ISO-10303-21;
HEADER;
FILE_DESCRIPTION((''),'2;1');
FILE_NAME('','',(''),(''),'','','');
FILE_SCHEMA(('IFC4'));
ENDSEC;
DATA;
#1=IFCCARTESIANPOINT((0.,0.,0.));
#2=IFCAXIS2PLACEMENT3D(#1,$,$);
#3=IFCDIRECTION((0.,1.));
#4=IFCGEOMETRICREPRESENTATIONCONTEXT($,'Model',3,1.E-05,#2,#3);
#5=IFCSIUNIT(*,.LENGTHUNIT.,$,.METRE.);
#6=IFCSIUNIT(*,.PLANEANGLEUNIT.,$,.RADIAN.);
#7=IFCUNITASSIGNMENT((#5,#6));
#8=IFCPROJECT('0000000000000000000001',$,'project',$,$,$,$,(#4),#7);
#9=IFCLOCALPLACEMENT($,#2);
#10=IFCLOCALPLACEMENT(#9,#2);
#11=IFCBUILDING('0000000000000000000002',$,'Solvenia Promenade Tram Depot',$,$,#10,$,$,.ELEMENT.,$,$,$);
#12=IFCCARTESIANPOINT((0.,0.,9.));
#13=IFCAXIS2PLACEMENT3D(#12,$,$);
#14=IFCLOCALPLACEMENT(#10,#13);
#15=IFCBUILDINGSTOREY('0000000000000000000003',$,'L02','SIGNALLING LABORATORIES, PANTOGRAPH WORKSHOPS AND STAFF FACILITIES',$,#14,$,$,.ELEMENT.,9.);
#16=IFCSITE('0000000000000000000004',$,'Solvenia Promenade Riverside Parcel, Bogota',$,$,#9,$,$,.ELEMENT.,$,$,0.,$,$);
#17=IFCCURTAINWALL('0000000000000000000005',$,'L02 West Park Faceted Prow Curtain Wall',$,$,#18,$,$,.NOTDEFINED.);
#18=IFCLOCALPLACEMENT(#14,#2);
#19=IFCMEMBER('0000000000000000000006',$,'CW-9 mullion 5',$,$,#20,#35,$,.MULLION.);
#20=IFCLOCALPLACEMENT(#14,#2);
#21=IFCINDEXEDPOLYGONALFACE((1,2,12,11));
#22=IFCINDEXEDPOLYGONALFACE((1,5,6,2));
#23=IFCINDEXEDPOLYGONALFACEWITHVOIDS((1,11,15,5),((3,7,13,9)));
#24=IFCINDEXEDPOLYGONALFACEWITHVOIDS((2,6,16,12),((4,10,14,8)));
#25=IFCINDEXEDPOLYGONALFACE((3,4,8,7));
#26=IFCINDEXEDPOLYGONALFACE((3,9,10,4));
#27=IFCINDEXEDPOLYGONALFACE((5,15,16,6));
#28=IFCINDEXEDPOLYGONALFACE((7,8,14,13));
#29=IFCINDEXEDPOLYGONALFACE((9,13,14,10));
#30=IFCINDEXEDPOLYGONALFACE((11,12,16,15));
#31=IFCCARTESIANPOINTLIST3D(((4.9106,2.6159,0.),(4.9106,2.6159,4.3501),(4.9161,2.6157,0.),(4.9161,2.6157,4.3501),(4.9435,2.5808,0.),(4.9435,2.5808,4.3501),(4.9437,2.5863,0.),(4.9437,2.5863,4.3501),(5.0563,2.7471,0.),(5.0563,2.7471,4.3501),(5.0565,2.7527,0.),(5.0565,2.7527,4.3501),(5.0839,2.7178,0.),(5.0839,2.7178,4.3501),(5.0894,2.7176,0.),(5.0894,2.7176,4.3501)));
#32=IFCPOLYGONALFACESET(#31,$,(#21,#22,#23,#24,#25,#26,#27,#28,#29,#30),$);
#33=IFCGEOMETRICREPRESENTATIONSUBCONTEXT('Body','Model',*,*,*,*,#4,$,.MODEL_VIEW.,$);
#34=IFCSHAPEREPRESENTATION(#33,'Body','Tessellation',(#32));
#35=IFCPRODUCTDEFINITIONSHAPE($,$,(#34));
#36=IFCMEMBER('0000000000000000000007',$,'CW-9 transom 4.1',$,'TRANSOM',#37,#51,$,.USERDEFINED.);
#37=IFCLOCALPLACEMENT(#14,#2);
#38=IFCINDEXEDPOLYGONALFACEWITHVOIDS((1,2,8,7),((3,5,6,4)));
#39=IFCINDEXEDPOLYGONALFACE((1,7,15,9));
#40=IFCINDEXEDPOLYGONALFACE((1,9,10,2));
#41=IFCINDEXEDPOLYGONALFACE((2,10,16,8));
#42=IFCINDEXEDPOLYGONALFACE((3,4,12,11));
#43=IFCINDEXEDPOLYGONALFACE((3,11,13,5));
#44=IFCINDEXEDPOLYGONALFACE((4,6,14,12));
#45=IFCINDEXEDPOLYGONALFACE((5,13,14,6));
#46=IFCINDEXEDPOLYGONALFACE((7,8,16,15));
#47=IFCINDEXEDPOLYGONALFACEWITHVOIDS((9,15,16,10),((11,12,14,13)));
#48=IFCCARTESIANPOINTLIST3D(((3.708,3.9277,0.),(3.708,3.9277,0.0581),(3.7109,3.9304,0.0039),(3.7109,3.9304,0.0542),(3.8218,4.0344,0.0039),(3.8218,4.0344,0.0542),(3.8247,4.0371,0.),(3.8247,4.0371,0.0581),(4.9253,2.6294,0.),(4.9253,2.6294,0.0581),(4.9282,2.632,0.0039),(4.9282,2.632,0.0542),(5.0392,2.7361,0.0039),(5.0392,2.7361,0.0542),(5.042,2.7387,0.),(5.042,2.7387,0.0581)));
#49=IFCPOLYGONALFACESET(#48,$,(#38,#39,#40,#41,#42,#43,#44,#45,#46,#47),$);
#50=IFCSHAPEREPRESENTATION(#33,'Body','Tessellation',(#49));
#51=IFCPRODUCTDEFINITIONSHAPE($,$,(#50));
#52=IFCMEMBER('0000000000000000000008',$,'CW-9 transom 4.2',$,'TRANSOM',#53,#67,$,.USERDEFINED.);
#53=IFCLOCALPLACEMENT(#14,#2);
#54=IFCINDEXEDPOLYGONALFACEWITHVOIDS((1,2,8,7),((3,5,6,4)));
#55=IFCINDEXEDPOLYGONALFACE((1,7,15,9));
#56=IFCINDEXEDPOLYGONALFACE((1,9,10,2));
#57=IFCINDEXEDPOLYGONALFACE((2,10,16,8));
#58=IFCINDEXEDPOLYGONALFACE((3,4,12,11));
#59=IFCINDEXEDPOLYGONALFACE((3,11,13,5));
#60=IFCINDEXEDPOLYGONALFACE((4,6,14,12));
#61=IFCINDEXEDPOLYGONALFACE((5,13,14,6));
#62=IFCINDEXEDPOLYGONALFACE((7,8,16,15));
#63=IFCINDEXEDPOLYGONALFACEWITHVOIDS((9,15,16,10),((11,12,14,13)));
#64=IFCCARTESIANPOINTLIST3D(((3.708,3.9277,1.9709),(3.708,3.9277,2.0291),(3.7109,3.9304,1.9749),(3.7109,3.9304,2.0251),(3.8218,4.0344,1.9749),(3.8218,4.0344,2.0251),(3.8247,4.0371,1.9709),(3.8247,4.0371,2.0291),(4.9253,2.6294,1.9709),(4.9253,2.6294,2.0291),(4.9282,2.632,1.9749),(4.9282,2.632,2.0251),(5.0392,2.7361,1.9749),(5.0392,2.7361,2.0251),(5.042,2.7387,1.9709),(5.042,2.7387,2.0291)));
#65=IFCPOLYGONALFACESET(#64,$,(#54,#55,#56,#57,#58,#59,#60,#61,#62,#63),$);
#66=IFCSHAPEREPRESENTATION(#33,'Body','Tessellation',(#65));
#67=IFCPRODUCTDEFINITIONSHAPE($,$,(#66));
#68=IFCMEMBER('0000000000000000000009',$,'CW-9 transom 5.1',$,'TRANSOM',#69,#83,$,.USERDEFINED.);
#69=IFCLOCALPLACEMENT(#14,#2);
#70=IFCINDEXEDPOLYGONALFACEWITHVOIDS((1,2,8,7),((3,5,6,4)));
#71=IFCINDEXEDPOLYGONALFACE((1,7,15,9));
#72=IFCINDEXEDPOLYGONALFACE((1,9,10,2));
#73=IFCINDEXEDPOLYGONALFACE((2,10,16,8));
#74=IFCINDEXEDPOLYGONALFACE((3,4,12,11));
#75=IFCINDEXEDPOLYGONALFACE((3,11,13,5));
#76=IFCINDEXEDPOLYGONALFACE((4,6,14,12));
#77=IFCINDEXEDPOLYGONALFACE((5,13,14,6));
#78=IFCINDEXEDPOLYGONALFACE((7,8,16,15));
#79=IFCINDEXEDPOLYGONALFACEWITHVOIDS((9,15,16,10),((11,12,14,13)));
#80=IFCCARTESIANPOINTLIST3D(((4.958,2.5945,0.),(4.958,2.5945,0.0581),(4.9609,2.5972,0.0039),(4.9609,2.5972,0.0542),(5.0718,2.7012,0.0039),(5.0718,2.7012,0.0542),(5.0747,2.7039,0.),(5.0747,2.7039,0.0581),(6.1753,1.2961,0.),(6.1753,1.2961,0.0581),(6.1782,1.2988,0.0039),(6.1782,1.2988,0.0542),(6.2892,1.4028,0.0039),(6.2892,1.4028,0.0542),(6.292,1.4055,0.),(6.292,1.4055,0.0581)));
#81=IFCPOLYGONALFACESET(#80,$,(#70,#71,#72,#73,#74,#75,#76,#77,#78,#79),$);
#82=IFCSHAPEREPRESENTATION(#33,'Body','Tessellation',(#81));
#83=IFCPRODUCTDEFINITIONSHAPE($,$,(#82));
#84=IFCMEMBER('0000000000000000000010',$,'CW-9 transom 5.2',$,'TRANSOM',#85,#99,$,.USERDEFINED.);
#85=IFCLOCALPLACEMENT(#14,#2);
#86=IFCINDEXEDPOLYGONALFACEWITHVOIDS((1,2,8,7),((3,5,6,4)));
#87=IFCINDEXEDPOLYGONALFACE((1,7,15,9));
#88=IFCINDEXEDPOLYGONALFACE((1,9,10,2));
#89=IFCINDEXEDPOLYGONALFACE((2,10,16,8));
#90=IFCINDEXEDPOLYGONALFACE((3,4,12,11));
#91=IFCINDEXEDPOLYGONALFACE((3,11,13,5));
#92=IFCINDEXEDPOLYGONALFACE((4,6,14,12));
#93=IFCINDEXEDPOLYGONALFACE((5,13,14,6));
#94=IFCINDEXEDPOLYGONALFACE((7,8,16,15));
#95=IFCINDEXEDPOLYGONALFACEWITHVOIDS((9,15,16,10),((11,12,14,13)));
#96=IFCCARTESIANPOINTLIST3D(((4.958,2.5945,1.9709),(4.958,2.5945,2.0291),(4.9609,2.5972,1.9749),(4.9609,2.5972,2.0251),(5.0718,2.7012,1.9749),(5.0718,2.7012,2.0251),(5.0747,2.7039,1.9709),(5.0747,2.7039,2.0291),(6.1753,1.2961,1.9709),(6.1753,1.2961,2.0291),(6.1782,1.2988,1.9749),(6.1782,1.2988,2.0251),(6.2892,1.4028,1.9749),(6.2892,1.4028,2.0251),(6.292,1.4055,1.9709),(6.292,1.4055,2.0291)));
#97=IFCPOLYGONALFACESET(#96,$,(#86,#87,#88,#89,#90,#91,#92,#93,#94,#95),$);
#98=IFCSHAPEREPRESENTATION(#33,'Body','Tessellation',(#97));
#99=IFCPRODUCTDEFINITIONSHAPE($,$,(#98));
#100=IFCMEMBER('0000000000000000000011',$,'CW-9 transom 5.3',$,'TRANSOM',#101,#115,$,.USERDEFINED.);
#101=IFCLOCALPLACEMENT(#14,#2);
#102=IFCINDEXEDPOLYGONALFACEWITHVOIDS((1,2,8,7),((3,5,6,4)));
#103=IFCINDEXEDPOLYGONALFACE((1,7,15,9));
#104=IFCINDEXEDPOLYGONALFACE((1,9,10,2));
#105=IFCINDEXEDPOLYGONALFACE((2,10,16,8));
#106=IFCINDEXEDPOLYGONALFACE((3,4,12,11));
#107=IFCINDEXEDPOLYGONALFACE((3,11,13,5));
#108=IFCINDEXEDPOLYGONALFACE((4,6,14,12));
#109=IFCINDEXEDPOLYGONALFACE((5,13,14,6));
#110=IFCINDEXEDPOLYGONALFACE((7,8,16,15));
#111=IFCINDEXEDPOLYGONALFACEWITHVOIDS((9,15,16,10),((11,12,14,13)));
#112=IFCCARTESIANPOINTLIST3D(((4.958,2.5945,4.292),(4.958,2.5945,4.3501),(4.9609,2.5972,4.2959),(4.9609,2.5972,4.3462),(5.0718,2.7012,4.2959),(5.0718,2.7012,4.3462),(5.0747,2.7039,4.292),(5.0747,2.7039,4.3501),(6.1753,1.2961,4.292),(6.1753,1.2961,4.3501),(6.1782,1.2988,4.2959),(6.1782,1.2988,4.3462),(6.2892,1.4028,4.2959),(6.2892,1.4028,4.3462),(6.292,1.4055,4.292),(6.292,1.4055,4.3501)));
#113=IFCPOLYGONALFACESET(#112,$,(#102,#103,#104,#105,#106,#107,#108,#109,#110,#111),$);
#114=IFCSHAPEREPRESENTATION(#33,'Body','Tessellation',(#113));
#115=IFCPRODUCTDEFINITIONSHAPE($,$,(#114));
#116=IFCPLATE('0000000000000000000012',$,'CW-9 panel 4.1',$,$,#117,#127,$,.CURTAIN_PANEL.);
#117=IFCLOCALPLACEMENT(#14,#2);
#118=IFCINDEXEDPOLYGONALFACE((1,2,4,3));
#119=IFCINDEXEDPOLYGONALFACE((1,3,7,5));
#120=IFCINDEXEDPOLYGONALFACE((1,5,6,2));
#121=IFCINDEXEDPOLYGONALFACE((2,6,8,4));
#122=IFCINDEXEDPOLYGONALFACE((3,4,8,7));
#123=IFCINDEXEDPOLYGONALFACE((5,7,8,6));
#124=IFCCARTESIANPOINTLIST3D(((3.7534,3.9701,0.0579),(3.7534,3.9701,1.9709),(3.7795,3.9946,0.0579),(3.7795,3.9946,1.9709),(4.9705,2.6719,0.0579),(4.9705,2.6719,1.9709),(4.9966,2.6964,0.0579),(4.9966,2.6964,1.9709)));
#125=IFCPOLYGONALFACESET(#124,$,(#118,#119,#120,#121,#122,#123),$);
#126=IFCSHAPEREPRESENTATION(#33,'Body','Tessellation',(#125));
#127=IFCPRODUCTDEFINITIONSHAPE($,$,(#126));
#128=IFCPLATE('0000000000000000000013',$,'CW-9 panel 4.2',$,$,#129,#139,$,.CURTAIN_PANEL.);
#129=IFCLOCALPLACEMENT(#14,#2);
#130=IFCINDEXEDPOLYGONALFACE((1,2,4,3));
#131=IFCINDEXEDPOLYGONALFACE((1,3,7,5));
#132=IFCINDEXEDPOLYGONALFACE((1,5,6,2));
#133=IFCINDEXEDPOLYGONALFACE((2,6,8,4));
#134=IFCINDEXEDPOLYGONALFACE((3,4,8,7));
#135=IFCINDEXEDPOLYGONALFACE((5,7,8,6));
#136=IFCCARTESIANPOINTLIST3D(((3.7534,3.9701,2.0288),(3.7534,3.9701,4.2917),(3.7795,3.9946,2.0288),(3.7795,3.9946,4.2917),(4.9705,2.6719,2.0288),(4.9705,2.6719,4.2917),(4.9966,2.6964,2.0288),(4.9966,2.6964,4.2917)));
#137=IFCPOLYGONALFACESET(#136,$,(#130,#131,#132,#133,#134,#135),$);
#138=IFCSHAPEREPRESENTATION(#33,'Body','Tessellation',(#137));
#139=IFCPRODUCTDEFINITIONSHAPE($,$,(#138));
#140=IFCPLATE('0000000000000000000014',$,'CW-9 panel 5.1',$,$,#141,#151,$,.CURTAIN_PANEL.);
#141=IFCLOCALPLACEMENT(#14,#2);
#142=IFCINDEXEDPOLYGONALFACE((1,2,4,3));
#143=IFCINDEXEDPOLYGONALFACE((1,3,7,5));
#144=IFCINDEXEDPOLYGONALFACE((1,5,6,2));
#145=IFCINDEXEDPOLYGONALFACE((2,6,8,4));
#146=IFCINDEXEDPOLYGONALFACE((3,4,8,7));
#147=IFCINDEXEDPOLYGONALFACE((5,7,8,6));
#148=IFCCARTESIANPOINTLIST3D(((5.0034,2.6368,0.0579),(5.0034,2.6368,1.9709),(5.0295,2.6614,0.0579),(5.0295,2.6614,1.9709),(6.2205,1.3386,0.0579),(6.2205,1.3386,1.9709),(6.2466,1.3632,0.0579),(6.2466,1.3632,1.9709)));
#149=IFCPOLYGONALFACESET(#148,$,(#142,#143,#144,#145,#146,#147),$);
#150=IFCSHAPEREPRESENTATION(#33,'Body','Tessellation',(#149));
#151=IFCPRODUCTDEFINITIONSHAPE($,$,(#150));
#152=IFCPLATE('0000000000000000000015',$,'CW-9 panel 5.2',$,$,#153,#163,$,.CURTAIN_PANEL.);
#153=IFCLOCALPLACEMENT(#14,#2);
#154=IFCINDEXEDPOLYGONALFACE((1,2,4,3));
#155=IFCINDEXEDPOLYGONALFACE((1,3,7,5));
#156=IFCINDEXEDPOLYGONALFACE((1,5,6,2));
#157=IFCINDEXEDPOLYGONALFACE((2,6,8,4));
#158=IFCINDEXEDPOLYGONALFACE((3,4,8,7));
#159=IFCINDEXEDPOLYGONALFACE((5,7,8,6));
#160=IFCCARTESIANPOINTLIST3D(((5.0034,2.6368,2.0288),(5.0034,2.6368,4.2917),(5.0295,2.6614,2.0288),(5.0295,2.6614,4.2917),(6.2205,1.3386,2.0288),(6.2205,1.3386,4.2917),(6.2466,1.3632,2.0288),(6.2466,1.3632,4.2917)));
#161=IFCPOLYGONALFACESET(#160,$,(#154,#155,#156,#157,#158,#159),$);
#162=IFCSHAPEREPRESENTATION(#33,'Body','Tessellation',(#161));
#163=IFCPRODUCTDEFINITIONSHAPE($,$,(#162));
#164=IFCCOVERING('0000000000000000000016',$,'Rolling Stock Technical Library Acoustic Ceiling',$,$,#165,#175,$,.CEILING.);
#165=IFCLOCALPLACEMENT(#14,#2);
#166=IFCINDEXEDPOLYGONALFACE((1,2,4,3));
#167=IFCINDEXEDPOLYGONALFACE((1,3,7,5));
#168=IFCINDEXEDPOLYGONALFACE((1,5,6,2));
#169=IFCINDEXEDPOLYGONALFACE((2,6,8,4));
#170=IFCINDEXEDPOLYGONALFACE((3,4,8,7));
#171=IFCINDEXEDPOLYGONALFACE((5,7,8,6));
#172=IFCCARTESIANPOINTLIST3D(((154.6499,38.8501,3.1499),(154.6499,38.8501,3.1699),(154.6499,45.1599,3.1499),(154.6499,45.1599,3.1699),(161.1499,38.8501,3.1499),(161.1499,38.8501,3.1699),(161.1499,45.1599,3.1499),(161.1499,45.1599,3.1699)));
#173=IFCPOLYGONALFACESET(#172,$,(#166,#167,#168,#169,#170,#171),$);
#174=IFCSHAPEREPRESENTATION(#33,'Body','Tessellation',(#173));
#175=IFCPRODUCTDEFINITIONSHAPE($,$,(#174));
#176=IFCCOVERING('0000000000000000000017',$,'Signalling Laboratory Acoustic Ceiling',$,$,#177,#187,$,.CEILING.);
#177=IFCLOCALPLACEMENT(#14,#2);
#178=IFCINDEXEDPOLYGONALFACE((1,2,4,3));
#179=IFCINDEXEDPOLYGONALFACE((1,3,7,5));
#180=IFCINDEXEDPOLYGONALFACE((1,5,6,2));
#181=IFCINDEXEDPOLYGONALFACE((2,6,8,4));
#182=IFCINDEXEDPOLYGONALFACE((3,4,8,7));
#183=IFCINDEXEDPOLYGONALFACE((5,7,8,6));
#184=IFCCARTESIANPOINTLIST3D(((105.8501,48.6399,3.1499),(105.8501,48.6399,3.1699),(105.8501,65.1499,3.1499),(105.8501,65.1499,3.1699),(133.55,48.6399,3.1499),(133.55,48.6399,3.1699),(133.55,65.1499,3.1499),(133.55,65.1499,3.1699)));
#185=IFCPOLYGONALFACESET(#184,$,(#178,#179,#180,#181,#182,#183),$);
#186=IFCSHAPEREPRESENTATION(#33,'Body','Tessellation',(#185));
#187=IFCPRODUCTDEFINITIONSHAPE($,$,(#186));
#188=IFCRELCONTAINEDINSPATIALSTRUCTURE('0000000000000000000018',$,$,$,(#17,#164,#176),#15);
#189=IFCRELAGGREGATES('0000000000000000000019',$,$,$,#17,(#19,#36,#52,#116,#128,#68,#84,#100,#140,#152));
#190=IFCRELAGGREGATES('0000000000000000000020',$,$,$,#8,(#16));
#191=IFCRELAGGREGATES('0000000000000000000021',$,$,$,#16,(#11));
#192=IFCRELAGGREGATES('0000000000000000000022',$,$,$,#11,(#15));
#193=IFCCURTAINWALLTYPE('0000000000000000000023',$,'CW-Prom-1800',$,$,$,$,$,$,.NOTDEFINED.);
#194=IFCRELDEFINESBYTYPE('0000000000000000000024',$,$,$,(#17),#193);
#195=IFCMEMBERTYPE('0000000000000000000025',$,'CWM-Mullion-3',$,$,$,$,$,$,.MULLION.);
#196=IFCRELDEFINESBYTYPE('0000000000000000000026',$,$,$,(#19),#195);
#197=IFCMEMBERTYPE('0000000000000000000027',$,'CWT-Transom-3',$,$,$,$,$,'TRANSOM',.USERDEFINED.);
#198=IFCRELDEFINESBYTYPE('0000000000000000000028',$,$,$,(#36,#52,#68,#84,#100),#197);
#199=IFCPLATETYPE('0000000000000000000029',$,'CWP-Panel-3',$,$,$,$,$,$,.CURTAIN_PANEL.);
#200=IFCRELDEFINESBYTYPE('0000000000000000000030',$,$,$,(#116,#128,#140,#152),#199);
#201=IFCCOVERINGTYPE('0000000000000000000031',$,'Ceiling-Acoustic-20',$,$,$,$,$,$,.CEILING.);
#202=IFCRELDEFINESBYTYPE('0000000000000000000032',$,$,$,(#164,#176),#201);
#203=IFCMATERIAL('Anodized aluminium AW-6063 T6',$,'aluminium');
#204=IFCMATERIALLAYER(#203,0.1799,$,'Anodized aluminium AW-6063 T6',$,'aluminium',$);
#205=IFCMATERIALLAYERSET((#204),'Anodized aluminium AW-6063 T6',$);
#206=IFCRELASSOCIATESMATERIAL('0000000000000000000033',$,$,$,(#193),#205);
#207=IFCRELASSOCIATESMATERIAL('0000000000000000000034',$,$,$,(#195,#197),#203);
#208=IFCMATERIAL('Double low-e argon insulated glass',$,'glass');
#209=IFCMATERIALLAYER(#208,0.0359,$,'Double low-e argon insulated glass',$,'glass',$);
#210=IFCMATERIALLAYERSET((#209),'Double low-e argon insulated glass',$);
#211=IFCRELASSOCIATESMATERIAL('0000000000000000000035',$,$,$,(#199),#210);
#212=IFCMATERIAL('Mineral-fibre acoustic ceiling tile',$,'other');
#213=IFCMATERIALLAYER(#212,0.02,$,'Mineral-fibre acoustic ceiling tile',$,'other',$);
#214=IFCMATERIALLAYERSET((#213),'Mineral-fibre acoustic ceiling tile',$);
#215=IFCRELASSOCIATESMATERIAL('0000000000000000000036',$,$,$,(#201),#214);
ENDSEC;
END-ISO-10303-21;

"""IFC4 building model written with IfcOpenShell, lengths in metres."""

from ifc_helpers import new_model, si_unit, direction, frame, origin, origin_2d, place, context, subcontext, project, spatial, polyline, rectangle, hollow_rectangle, outline, extrude, material, layer, layer_set, material_profile, profile_set, type_object, element, aggregate, save


model = new_model("IFC4")

# Units and contexts
model_context = context("Model", 3, precision=1e-05, world=origin(), true_north=direction((0.0, 1.0)))
body_context = subcontext(model_context, "Body", "Model", "MODEL_VIEW")
ifc_project = project(units=[si_unit("LENGTHUNIT", "METRE"), si_unit("PLANEANGLEUNIT", "RADIAN")], contexts=[model_context])

# Site, building, storey
site_placement = place(None, origin())
site = spatial("IfcSite", under=ifc_project, at=site_placement, Name="Solvenia Promenade Riverside Parcel, Bogota", CompositionType="ELEMENT", RefElevation=0.0)
building_placement = place(site_placement, origin())
building = spatial("IfcBuilding", under=site, at=building_placement, Name="Solvenia Promenade Tram Depot", CompositionType="ELEMENT")
storey_placement = place(building_placement, frame((0.0, 0.0, 9.0)))
storey = spatial("IfcBuildingStorey", under=building, at=storey_placement, Name="L02", Description="SIGNALLING LABORATORIES, PANTOGRAPH WORKSHOPS AND STAFF FACILITIES", CompositionType="ELEMENT", Elevation=9.0)

# Curtain wall, members, plates
ifc_material_1 = material(Name="Anodized aluminium AW-6063 T6", Category="aluminium")
ifc_layer_1 = layer(ifc_material_1, 0.1799, Name="Anodized aluminium AW-6063 T6", Category="aluminium")
ifc_layer_set_1 = layer_set([ifc_layer_1], Name="Anodized aluminium AW-6063 T6")
curtain_wall_type = type_object("IfcCurtainWallType", Name="CW-Prom-1800", PredefinedType="NOTDEFINED", material=ifc_layer_set_1)
curtain_wall_placement = place(storey_placement, origin())
curtain_wall = element("IfcCurtainWall", 1, at=curtain_wall_placement, inside=storey, type_object=curtain_wall_type, Name="L02 West Park Faceted Prow Curtain Wall", PredefinedType="NOTDEFINED")
ifc_material_profile_1 = material_profile(ifc_material_1, hollow_rectangle(XDim=0.2, YDim=0.0481, WallThickness=0.0039, at=origin_2d()), Name="ALU-M3", Category="aluminium")
ifc_profile_set_1 = profile_set([ifc_material_profile_1], Name="Anodized aluminium AW-6063 T6")
member_type_1 = type_object("IfcMemberType", Name="CWM-Mullion-3", PredefinedType="MULLION", material=ifc_profile_set_1)
member_1_placement = place(storey_placement, frame((5.0, 2.6667, 0.0), z_axis=(0.0, 0.0, 1.0), x_axis=(0.729537, 0.683941, 0.0)))
member_1 = element("IfcMember", 2, at=member_1_placement, type_object=member_type_1, Name="CW-9 mullion 5", PredefinedType="MULLION", context=body_context, shape_type="SweptSolid", body=[
    extrude(hollow_rectangle(XDim=0.2, YDim=0.0481, WallThickness=0.0039, at=origin_2d()), origin(), (0.0, 0.0, 1.0), 4.3501),
])
ifc_material_profile_2 = material_profile(ifc_material_1, hollow_rectangle(XDim=0.1599, YDim=0.0581, WallThickness=0.0039, at=origin_2d()), Name="ALU-T3", Category="aluminium")
ifc_profile_set_2 = profile_set([ifc_material_profile_2], Name="Anodized aluminium AW-6063 T6")
member_type_2 = type_object("IfcMemberType", Name="CWT-Transom-3", ElementType="TRANSOM", PredefinedType="USERDEFINED", material=ifc_profile_set_2)
member_2_placement = place(storey_placement, frame((3.7664, 3.9824, 0.0291), z_axis=(0.683969, -0.729512, 0.0), x_axis=(0.729512, 0.683969, 0.0)))
member_2 = element("IfcMember", 3, at=member_2_placement, type_object=member_type_2, Name="CW-9 transom 4.1", ObjectType="TRANSOM", PredefinedType="USERDEFINED", context=body_context, shape_type="SweptSolid", body=[
    extrude(hollow_rectangle(XDim=0.1599, YDim=0.0581, WallThickness=0.0039, at=origin_2d()), origin(), (0.0, 0.0, 1.0), 1.7798),
])
member_3_placement = place(storey_placement, frame((3.7664, 3.9824, 2.0), z_axis=(0.683969, -0.729512, 0.0), x_axis=(0.729512, 0.683969, 0.0)))
member_3 = element("IfcMember", 4, at=member_3_placement, type_object=member_type_2, Name="CW-9 transom 4.2", ObjectType="TRANSOM", PredefinedType="USERDEFINED", context=body_context, shape_type="SweptSolid", body=[
    extrude(hollow_rectangle(XDim=0.1599, YDim=0.0581, WallThickness=0.0039, at=origin_2d()), origin(), (0.0, 0.0, 1.0), 1.7798),
])
member_4_placement = place(storey_placement, frame((5.0164, 2.6492, 0.0291), z_axis=(0.683969, -0.729512, 0.0), x_axis=(0.729512, 0.683969, 0.0)))
member_4 = element("IfcMember", 5, at=member_4_placement, type_object=member_type_2, Name="CW-9 transom 5.1", ObjectType="TRANSOM", PredefinedType="USERDEFINED", context=body_context, shape_type="SweptSolid", body=[
    extrude(hollow_rectangle(XDim=0.1599, YDim=0.0581, WallThickness=0.0039, at=origin_2d()), origin(), (0.0, 0.0, 1.0), 1.7798),
])
member_5_placement = place(storey_placement, frame((5.0164, 2.6492, 2.0), z_axis=(0.683969, -0.729512, 0.0), x_axis=(0.729512, 0.683969, 0.0)))
member_5 = element("IfcMember", 6, at=member_5_placement, type_object=member_type_2, Name="CW-9 transom 5.2", ObjectType="TRANSOM", PredefinedType="USERDEFINED", context=body_context, shape_type="SweptSolid", body=[
    extrude(hollow_rectangle(XDim=0.1599, YDim=0.0581, WallThickness=0.0039, at=origin_2d()), origin(), (0.0, 0.0, 1.0), 1.7798),
])
member_6_placement = place(storey_placement, frame((5.0164, 2.6492, 4.321), z_axis=(0.683969, -0.729512, 0.0), x_axis=(0.729512, 0.683969, 0.0)))
member_6 = element("IfcMember", 7, at=member_6_placement, type_object=member_type_2, Name="CW-9 transom 5.3", ObjectType="TRANSOM", PredefinedType="USERDEFINED", context=body_context, shape_type="SweptSolid", body=[
    extrude(hollow_rectangle(XDim=0.1599, YDim=0.0581, WallThickness=0.0039, at=origin_2d()), origin(), (0.0, 0.0, 1.0), 1.7798),
])
ifc_material_2 = material(Name="Double low-e argon insulated glass", Category="glass")
ifc_layer_2 = layer(ifc_material_2, 0.0359, Name="Double low-e argon insulated glass", Category="glass")
ifc_layer_set_2 = layer_set([ifc_layer_2], Name="Double low-e argon insulated glass")
plate_type = type_object("IfcPlateType", Name="CWP-Panel-3", PredefinedType="CURTAIN_PANEL", material=ifc_layer_set_2)
plate_1_placement = place(storey_placement, frame((4.375, 3.3333, 0.0579), z_axis=(0.0, 0.0, 1.0), x_axis=(0.683941, -0.729537, 0.0)))
plate_1 = element("IfcPlate", 8, at=plate_1_placement, type_object=plate_type, Name="CW-9 panel 4.1", PredefinedType="CURTAIN_PANEL", context=body_context, shape_type="SweptSolid", body=[
    extrude(rectangle(XDim=1.7795, YDim=0.0359, at=origin_2d()), origin(), (0.0, 0.0, 1.0), 1.9131),
])
plate_2_placement = place(storey_placement, frame((4.375, 3.3333, 2.0288), z_axis=(0.0, 0.0, 1.0), x_axis=(0.683941, -0.729537, 0.0)))
plate_2 = element("IfcPlate", 9, at=plate_2_placement, type_object=plate_type, Name="CW-9 panel 4.2", PredefinedType="CURTAIN_PANEL", context=body_context, shape_type="SweptSolid", body=[
    extrude(rectangle(XDim=1.7795, YDim=0.0359, at=origin_2d()), origin(), (0.0, 0.0, 1.0), 2.2629),
])
plate_3_placement = place(storey_placement, frame((5.625, 2.0, 0.0579), z_axis=(0.0, 0.0, 1.0), x_axis=(0.683941, -0.729537, 0.0)))
plate_3 = element("IfcPlate", 10, at=plate_3_placement, type_object=plate_type, Name="CW-9 panel 5.1", PredefinedType="CURTAIN_PANEL", context=body_context, shape_type="SweptSolid", body=[
    extrude(rectangle(XDim=1.7795, YDim=0.0359, at=origin_2d()), origin(), (0.0, 0.0, 1.0), 1.9131),
])
plate_4_placement = place(storey_placement, frame((5.625, 2.0, 2.0288), z_axis=(0.0, 0.0, 1.0), x_axis=(0.683941, -0.729537, 0.0)))
plate_4 = element("IfcPlate", 11, at=plate_4_placement, type_object=plate_type, Name="CW-9 panel 5.2", PredefinedType="CURTAIN_PANEL", context=body_context, shape_type="SweptSolid", body=[
    extrude(rectangle(XDim=1.7795, YDim=0.0359, at=origin_2d()), origin(), (0.0, 0.0, 1.0), 2.2629),
])
aggregate(curtain_wall, [member_1, member_2, member_3, plate_1, plate_2, member_4, member_5, member_6, plate_3, plate_4])

# Coverings
ifc_material_3 = material(Name="Mineral-fibre acoustic ceiling tile", Category="other")
ifc_layer_3 = layer(ifc_material_3, 0.02, Name="Mineral-fibre acoustic ceiling tile", Category="other")
ifc_layer_set_3 = layer_set([ifc_layer_3], Name="Mineral-fibre acoustic ceiling tile")
covering_type_1 = type_object("IfcCoveringType", Name="Ceiling-Acoustic-20", PredefinedType="CEILING", material=ifc_layer_set_3)
covering_1_placement = place(storey_placement, frame((0.0, 0.0, 3.1499)))
element("IfcCovering", 12, at=covering_1_placement, inside=storey, type_object=covering_type_1, Name="Rolling Stock Technical Library Acoustic Ceiling", PredefinedType="CEILING", context=body_context, shape_type="SweptSolid", body=[
    extrude(outline(polyline([(154.6499, 38.8501), (161.1499, 38.8501), (161.1499, 45.1599), (154.6499, 45.1599), (154.6499, 38.8501)])), origin(), (0.0, 0.0, 1.0), 0.02),
])
covering_2_placement = place(storey_placement, frame((0.0, 0.0, 3.1499)))
element("IfcCovering", 13, at=covering_2_placement, inside=storey, type_object=covering_type_1, Name="Signalling Laboratory Acoustic Ceiling", PredefinedType="CEILING", context=body_context, shape_type="SweptSolid", body=[
    extrude(outline(polyline([(105.8501, 48.6399), (133.55, 48.6399), (133.55, 65.1499), (105.8501, 65.1499), (105.8501, 48.6399)])), origin(), (0.0, 0.0, 1.0), 0.02),
])

save(model, "model.ifc")
